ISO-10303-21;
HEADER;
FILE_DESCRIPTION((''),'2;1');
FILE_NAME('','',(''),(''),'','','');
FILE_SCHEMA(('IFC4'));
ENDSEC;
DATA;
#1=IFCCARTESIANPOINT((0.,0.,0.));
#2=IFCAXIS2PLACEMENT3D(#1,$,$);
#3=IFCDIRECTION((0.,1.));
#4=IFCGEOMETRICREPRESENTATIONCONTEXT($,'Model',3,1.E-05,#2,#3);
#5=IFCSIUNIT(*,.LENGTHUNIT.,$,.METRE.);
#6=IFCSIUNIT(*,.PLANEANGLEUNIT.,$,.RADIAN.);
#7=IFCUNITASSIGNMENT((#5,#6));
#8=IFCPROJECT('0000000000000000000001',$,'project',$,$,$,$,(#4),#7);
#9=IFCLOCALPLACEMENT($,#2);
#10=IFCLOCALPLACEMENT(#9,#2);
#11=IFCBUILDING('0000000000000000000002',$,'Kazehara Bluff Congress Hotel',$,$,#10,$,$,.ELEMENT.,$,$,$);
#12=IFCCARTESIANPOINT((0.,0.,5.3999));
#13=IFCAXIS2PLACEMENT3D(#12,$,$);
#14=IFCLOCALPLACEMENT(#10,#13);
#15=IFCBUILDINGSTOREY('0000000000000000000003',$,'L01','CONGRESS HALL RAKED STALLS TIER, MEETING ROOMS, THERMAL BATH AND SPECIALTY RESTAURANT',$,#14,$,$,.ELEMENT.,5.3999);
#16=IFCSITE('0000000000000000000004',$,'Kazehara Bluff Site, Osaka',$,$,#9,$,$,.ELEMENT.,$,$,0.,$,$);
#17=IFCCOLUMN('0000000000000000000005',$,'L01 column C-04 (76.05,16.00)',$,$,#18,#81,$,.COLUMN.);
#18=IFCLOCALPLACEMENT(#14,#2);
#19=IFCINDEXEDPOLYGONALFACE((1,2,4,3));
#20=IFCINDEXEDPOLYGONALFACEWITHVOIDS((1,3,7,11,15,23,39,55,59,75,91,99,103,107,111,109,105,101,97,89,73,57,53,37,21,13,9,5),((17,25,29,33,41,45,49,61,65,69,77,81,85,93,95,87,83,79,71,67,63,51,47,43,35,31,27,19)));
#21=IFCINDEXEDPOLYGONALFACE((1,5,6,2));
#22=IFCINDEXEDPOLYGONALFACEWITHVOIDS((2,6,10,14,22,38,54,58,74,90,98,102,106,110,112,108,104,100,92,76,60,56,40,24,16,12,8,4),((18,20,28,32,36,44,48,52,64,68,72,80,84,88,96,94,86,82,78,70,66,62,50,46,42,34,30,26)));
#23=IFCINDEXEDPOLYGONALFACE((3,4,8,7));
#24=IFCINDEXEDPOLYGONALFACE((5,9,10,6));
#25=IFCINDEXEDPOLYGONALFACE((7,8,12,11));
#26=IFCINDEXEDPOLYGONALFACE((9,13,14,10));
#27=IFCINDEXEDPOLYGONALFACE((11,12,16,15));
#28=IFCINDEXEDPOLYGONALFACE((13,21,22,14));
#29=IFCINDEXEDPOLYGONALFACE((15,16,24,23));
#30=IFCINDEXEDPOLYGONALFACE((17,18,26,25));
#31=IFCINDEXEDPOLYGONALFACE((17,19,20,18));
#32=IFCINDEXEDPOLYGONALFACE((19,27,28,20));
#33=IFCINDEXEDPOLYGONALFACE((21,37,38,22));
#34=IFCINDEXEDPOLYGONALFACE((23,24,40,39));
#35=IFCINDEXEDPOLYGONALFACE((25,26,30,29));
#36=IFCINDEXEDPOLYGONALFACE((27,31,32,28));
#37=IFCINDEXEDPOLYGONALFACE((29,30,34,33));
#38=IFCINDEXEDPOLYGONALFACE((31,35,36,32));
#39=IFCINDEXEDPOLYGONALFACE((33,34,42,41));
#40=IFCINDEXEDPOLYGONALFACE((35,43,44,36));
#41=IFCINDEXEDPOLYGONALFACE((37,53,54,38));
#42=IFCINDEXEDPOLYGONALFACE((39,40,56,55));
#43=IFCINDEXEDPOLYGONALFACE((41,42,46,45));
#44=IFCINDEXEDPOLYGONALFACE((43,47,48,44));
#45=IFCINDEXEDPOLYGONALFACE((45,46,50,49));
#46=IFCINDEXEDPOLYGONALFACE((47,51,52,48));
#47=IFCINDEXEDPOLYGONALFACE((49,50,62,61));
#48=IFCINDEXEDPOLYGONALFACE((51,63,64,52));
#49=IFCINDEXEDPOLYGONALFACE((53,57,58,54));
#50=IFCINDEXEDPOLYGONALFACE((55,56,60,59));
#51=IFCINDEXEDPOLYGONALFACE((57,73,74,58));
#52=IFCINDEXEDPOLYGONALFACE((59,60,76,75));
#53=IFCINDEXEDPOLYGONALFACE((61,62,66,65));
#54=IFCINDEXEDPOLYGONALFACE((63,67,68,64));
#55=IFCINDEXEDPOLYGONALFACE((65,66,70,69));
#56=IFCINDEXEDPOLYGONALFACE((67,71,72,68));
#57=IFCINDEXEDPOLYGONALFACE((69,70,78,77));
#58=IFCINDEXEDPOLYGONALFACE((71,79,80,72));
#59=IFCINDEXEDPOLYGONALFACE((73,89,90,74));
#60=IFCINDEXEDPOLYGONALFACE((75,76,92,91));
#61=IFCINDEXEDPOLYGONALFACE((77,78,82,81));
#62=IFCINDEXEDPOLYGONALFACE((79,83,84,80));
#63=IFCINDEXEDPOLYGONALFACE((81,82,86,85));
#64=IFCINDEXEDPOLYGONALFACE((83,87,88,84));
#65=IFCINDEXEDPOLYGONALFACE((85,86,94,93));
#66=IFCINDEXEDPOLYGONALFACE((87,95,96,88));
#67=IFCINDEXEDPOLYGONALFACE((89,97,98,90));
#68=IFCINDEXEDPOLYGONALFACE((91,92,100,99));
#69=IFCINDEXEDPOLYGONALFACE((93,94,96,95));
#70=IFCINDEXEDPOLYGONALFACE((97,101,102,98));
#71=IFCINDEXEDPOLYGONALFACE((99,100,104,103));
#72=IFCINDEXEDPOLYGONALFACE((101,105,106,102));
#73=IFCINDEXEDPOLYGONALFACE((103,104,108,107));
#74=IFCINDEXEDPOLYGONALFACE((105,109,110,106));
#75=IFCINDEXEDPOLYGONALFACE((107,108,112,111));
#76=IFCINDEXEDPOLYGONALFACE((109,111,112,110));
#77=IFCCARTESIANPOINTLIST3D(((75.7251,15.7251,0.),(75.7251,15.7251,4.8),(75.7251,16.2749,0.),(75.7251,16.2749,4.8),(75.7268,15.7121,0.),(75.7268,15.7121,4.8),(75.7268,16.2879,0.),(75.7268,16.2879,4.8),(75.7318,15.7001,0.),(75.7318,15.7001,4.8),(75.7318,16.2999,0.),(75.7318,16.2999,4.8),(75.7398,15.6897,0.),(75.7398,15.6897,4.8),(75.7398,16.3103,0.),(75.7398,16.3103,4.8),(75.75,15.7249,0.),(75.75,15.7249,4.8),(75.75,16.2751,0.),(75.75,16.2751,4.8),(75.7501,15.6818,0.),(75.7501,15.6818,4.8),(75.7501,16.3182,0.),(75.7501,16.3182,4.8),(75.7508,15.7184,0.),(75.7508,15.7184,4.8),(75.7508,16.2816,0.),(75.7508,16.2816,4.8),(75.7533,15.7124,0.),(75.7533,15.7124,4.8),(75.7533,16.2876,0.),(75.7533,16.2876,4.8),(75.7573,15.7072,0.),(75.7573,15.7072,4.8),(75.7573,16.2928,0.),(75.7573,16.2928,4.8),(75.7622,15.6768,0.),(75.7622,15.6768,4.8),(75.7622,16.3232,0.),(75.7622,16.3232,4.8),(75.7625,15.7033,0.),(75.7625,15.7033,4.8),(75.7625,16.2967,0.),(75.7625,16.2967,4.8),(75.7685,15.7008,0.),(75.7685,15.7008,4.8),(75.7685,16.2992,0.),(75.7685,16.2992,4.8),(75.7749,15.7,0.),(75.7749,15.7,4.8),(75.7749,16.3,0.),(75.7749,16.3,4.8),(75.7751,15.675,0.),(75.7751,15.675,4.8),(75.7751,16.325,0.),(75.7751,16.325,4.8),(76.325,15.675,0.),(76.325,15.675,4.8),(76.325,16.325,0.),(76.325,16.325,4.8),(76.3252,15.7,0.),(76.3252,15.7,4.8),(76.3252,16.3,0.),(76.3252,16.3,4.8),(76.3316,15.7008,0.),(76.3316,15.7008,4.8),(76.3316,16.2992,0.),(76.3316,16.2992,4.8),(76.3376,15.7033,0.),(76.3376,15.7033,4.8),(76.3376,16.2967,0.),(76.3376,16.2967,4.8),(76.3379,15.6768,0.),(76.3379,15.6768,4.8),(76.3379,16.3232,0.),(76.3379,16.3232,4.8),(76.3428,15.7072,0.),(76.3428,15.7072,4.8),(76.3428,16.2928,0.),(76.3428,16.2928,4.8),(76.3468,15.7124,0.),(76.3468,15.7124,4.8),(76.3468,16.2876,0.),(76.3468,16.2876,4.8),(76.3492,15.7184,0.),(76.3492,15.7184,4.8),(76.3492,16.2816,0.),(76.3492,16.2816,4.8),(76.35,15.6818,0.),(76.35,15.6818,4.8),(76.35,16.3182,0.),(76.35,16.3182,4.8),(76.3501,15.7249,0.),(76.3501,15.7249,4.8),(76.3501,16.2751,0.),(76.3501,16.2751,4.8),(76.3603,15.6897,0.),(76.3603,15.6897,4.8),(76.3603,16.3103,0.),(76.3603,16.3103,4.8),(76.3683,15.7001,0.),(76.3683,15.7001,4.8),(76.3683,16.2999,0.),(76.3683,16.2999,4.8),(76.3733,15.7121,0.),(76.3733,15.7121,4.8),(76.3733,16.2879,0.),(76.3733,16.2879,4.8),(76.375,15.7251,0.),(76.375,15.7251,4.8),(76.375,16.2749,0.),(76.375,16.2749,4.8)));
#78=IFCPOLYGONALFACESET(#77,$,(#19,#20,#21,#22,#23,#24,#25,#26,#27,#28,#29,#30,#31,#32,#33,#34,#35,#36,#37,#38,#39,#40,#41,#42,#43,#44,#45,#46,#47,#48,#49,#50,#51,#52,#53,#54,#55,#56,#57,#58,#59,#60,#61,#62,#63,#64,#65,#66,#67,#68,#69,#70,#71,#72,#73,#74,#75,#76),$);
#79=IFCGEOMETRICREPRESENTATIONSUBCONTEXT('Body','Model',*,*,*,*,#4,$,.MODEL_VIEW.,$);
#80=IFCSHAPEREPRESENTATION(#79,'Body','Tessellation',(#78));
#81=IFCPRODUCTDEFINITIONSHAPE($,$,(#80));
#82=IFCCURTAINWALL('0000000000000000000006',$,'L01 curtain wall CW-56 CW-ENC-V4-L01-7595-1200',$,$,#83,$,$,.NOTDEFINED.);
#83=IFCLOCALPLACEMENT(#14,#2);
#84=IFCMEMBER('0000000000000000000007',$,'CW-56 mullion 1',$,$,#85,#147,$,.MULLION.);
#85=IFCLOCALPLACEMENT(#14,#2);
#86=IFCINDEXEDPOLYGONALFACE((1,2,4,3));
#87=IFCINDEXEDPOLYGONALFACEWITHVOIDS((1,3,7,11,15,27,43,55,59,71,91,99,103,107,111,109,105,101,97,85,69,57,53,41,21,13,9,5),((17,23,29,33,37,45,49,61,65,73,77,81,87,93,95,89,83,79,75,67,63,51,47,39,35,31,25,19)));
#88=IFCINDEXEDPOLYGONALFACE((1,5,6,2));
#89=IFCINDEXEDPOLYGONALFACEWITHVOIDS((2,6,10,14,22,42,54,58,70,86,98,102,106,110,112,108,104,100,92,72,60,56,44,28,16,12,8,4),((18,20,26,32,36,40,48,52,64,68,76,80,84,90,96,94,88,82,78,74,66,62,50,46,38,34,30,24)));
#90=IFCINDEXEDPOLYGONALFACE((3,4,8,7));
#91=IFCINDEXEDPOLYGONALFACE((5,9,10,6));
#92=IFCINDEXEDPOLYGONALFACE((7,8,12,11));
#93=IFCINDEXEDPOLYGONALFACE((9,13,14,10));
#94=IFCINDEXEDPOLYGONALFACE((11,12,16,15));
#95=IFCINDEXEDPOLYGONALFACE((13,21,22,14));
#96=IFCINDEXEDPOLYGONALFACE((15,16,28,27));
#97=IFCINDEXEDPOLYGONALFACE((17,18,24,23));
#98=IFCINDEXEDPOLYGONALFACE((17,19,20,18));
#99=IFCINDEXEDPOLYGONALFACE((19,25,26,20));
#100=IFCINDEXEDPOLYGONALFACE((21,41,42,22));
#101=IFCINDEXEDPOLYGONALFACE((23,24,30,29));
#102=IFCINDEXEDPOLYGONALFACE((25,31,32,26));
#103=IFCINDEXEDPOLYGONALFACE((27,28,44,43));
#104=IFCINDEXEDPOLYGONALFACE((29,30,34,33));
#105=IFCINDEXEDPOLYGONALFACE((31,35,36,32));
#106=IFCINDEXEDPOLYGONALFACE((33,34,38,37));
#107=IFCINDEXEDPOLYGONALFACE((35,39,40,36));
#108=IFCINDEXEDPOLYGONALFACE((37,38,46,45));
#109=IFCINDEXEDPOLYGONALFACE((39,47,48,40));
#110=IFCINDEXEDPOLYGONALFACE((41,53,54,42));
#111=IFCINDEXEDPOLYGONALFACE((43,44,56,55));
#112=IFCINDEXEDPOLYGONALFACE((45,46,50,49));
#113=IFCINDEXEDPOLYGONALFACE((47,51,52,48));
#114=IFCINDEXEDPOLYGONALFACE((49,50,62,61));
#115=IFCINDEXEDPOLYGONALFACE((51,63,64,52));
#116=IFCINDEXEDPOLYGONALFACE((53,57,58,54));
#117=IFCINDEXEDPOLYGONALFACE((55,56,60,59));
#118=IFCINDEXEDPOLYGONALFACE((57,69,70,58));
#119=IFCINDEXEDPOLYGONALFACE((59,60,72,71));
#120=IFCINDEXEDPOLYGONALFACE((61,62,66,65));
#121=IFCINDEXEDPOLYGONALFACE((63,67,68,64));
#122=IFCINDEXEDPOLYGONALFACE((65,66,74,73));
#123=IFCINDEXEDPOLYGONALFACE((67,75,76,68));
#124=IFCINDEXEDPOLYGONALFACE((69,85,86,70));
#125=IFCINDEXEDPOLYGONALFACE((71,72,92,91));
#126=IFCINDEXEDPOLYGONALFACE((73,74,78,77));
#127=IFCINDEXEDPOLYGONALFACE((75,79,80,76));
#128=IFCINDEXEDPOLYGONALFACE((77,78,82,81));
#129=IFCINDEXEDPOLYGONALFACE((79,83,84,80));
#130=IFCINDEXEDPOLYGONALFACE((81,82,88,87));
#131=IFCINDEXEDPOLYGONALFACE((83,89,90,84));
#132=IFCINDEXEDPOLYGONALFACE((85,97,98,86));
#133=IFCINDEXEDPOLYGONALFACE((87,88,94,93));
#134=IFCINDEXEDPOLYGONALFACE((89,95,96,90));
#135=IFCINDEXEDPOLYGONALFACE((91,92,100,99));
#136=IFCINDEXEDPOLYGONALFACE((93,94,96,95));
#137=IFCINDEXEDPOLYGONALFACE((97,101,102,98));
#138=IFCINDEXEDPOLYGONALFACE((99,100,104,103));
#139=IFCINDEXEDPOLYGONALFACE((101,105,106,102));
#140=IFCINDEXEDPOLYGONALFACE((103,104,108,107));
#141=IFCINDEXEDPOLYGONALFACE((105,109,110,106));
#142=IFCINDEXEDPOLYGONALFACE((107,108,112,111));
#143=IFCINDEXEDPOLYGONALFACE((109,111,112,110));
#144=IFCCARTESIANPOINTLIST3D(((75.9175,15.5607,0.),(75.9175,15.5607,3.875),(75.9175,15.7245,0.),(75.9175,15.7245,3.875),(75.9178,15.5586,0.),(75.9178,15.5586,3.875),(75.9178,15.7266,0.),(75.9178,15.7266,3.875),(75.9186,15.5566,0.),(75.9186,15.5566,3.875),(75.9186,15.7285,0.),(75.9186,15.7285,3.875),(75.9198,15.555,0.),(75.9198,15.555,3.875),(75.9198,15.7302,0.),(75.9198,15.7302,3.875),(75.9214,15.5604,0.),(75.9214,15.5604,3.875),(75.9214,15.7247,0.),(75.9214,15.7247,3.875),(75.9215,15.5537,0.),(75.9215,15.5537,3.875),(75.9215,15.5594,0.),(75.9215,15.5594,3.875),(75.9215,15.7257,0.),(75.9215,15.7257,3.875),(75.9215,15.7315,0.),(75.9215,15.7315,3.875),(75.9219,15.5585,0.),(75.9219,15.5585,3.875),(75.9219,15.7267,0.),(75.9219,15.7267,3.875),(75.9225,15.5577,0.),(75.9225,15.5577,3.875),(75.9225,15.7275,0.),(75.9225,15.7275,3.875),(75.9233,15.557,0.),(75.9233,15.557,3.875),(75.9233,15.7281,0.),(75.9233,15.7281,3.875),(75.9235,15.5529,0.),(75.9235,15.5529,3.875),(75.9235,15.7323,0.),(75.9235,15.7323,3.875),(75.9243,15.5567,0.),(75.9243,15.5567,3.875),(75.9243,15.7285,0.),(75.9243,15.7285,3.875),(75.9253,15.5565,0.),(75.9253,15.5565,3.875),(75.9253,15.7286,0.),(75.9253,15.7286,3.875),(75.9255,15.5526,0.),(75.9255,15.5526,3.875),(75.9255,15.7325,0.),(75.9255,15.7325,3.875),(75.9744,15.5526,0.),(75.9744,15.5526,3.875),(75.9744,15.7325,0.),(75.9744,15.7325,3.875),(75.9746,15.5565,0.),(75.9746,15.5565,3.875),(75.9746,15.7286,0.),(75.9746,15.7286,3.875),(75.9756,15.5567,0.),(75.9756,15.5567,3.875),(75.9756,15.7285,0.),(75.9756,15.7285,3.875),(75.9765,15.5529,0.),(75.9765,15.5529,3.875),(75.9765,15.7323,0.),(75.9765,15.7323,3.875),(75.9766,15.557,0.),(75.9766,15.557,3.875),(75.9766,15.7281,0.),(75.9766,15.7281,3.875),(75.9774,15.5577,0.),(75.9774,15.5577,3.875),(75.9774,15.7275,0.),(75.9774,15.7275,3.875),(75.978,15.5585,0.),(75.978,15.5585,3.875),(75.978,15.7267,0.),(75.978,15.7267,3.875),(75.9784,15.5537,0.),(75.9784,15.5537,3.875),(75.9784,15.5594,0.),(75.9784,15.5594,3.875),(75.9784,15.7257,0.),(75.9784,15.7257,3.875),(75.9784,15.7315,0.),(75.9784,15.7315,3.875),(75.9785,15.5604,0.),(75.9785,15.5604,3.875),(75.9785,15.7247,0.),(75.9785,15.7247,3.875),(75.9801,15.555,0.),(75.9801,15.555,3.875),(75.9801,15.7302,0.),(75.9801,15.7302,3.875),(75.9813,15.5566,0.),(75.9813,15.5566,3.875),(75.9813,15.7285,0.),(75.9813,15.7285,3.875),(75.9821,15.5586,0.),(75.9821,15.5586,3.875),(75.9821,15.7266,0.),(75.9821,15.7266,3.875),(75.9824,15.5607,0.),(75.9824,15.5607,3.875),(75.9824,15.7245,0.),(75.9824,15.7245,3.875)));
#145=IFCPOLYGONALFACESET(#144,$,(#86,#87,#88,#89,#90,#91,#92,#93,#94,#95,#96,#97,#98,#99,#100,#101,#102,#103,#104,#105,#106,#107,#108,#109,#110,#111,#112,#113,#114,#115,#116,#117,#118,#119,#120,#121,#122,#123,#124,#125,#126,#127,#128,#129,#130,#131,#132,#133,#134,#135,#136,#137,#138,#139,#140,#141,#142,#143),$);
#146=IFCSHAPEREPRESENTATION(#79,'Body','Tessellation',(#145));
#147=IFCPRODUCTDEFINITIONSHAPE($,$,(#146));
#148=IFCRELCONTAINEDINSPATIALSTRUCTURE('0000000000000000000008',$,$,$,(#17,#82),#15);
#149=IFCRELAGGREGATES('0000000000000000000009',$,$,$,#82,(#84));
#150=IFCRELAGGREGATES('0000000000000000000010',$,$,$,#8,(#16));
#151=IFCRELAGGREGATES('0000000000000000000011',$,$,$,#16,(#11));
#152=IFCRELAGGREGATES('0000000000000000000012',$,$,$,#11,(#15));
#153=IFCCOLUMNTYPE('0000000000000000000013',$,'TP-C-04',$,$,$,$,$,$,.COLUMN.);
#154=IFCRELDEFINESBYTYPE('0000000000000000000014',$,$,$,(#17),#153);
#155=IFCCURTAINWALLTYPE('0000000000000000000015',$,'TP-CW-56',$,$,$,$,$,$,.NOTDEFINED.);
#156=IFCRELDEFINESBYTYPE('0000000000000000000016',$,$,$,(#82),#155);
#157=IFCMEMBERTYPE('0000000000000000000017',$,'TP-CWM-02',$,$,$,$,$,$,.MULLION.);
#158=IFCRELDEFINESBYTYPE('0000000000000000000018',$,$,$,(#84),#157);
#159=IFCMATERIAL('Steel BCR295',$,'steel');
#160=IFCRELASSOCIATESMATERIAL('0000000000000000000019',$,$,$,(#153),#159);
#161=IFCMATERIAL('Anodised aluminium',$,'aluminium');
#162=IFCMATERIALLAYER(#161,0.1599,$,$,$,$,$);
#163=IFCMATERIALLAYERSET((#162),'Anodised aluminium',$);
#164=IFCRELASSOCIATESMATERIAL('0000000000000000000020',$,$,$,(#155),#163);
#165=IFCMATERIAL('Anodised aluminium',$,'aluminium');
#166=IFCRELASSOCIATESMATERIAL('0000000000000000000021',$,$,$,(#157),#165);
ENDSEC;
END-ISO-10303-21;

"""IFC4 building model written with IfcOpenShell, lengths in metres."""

from ifc_helpers import new_model, si_unit, direction, frame, origin, origin_2d, place, context, subcontext, project, spatial, hollow_rectangle, extrude, material, layer, layer_set, material_profile, profile_set, type_object, element, aggregate, save


model = new_model("IFC4")

# Units and contexts
model_context = context("Model", 3, precision=1e-05, world=origin(), true_north=direction((0.0, 1.0)))
body_context = subcontext(model_context, "Body", "Model", "MODEL_VIEW")
ifc_project = project(units=[si_unit("LENGTHUNIT", "METRE"), si_unit("PLANEANGLEUNIT", "RADIAN")], contexts=[model_context])

# Site, building, storey
site_placement = place(None, origin())
site = spatial("IfcSite", under=ifc_project, at=site_placement, Name="Kazehara Bluff Site, Osaka", CompositionType="ELEMENT", RefElevation=0.0)
building_placement = place(site_placement, origin())
building = spatial("IfcBuilding", under=site, at=building_placement, Name="Kazehara Bluff Congress Hotel", CompositionType="ELEMENT")
storey_placement = place(building_placement, frame((0.0, 0.0, 5.3999)))
storey = spatial("IfcBuildingStorey", under=building, at=storey_placement, Name="L01", Description="CONGRESS HALL RAKED STALLS TIER, MEETING ROOMS, THERMAL BATH AND SPECIALTY RESTAURANT", CompositionType="ELEMENT", Elevation=5.3999)

# Column
ifc_material_1 = material(Name="Steel BCR295", Category="steel")
ifc_material_profile_1 = material_profile(ifc_material_1, hollow_rectangle(XDim=0.6499, YDim=0.6499, WallThickness=0.0249, InnerFilletRadius=0.0249, OuterFilletRadius=0.05, at=origin_2d()))
ifc_profile_set_1 = profile_set([ifc_material_profile_1], Name="Steel BCR295")
column_type = type_object("IfcColumnType", Name="TP-C-04", PredefinedType="COLUMN", material=ifc_profile_set_1)
column_placement = place(storey_placement, frame((76.05, 16.0, 0.0), z_axis=(0.0, 0.0, 1.0), x_axis=(1.0, 0.0, 0.0)))
element("IfcColumn", 1, at=column_placement, inside=storey, type_object=column_type, Name="L01 column C-04 (76.05,16.00)", PredefinedType="COLUMN", context=body_context, shape_type="SweptSolid", body=[
    extrude(hollow_rectangle(XDim=0.6499, YDim=0.6499, WallThickness=0.0249, InnerFilletRadius=0.0249, OuterFilletRadius=0.05, at=origin_2d()), origin(), (0.0, 0.0, 1.0), 4.8),
])

# Curtain wall, member
ifc_material_2 = material(Name="Anodised aluminium", Category="aluminium")
ifc_layer_1 = layer(ifc_material_2, 0.1599)
ifc_layer_set_1 = layer_set([ifc_layer_1], Name="Anodised aluminium")
curtain_wall_type_1 = type_object("IfcCurtainWallType", Name="TP-CW-56", PredefinedType="NOTDEFINED", material=ifc_layer_set_1)
curtain_wall_1_placement = place(storey_placement, origin())
curtain_wall_1 = element("IfcCurtainWall", 2, at=curtain_wall_1_placement, inside=storey, type_object=curtain_wall_type_1, Name="L01 curtain wall CW-56 CW-ENC-V4-L01-7595-1200", PredefinedType="NOTDEFINED")
ifc_material_3 = material(Name="Anodised aluminium", Category="aluminium")
ifc_material_profile_2 = material_profile(ifc_material_3, hollow_rectangle(XDim=0.0649, YDim=0.1799, WallThickness=0.0039, InnerFilletRadius=0.0039, OuterFilletRadius=0.0081, at=origin_2d()))
ifc_profile_set_2 = profile_set([ifc_material_profile_2], Name="Anodised aluminium")
member_type_1 = type_object("IfcMemberType", Name="TP-CWM-02", PredefinedType="MULLION", material=ifc_profile_set_2)
member_1_placement = place(storey_placement, frame((75.95, 15.6426, 0.0), z_axis=(0.0, 0.0, 1.0), x_axis=(1.0, 0.0, 0.0)))
member_1 = element("IfcMember", 3, at=member_1_placement, type_object=member_type_1, Name="CW-56 mullion 1", PredefinedType="MULLION", context=body_context, shape_type="SweptSolid", body=[
    extrude(hollow_rectangle(XDim=0.0649, YDim=0.1799, WallThickness=0.0039, InnerFilletRadius=0.0039, OuterFilletRadius=0.0081, at=origin_2d()), origin(), (0.0, 0.0, 1.0), 3.875),
])

aggregate(curtain_wall_1, [member_1])

save(model, "model.ifc")
